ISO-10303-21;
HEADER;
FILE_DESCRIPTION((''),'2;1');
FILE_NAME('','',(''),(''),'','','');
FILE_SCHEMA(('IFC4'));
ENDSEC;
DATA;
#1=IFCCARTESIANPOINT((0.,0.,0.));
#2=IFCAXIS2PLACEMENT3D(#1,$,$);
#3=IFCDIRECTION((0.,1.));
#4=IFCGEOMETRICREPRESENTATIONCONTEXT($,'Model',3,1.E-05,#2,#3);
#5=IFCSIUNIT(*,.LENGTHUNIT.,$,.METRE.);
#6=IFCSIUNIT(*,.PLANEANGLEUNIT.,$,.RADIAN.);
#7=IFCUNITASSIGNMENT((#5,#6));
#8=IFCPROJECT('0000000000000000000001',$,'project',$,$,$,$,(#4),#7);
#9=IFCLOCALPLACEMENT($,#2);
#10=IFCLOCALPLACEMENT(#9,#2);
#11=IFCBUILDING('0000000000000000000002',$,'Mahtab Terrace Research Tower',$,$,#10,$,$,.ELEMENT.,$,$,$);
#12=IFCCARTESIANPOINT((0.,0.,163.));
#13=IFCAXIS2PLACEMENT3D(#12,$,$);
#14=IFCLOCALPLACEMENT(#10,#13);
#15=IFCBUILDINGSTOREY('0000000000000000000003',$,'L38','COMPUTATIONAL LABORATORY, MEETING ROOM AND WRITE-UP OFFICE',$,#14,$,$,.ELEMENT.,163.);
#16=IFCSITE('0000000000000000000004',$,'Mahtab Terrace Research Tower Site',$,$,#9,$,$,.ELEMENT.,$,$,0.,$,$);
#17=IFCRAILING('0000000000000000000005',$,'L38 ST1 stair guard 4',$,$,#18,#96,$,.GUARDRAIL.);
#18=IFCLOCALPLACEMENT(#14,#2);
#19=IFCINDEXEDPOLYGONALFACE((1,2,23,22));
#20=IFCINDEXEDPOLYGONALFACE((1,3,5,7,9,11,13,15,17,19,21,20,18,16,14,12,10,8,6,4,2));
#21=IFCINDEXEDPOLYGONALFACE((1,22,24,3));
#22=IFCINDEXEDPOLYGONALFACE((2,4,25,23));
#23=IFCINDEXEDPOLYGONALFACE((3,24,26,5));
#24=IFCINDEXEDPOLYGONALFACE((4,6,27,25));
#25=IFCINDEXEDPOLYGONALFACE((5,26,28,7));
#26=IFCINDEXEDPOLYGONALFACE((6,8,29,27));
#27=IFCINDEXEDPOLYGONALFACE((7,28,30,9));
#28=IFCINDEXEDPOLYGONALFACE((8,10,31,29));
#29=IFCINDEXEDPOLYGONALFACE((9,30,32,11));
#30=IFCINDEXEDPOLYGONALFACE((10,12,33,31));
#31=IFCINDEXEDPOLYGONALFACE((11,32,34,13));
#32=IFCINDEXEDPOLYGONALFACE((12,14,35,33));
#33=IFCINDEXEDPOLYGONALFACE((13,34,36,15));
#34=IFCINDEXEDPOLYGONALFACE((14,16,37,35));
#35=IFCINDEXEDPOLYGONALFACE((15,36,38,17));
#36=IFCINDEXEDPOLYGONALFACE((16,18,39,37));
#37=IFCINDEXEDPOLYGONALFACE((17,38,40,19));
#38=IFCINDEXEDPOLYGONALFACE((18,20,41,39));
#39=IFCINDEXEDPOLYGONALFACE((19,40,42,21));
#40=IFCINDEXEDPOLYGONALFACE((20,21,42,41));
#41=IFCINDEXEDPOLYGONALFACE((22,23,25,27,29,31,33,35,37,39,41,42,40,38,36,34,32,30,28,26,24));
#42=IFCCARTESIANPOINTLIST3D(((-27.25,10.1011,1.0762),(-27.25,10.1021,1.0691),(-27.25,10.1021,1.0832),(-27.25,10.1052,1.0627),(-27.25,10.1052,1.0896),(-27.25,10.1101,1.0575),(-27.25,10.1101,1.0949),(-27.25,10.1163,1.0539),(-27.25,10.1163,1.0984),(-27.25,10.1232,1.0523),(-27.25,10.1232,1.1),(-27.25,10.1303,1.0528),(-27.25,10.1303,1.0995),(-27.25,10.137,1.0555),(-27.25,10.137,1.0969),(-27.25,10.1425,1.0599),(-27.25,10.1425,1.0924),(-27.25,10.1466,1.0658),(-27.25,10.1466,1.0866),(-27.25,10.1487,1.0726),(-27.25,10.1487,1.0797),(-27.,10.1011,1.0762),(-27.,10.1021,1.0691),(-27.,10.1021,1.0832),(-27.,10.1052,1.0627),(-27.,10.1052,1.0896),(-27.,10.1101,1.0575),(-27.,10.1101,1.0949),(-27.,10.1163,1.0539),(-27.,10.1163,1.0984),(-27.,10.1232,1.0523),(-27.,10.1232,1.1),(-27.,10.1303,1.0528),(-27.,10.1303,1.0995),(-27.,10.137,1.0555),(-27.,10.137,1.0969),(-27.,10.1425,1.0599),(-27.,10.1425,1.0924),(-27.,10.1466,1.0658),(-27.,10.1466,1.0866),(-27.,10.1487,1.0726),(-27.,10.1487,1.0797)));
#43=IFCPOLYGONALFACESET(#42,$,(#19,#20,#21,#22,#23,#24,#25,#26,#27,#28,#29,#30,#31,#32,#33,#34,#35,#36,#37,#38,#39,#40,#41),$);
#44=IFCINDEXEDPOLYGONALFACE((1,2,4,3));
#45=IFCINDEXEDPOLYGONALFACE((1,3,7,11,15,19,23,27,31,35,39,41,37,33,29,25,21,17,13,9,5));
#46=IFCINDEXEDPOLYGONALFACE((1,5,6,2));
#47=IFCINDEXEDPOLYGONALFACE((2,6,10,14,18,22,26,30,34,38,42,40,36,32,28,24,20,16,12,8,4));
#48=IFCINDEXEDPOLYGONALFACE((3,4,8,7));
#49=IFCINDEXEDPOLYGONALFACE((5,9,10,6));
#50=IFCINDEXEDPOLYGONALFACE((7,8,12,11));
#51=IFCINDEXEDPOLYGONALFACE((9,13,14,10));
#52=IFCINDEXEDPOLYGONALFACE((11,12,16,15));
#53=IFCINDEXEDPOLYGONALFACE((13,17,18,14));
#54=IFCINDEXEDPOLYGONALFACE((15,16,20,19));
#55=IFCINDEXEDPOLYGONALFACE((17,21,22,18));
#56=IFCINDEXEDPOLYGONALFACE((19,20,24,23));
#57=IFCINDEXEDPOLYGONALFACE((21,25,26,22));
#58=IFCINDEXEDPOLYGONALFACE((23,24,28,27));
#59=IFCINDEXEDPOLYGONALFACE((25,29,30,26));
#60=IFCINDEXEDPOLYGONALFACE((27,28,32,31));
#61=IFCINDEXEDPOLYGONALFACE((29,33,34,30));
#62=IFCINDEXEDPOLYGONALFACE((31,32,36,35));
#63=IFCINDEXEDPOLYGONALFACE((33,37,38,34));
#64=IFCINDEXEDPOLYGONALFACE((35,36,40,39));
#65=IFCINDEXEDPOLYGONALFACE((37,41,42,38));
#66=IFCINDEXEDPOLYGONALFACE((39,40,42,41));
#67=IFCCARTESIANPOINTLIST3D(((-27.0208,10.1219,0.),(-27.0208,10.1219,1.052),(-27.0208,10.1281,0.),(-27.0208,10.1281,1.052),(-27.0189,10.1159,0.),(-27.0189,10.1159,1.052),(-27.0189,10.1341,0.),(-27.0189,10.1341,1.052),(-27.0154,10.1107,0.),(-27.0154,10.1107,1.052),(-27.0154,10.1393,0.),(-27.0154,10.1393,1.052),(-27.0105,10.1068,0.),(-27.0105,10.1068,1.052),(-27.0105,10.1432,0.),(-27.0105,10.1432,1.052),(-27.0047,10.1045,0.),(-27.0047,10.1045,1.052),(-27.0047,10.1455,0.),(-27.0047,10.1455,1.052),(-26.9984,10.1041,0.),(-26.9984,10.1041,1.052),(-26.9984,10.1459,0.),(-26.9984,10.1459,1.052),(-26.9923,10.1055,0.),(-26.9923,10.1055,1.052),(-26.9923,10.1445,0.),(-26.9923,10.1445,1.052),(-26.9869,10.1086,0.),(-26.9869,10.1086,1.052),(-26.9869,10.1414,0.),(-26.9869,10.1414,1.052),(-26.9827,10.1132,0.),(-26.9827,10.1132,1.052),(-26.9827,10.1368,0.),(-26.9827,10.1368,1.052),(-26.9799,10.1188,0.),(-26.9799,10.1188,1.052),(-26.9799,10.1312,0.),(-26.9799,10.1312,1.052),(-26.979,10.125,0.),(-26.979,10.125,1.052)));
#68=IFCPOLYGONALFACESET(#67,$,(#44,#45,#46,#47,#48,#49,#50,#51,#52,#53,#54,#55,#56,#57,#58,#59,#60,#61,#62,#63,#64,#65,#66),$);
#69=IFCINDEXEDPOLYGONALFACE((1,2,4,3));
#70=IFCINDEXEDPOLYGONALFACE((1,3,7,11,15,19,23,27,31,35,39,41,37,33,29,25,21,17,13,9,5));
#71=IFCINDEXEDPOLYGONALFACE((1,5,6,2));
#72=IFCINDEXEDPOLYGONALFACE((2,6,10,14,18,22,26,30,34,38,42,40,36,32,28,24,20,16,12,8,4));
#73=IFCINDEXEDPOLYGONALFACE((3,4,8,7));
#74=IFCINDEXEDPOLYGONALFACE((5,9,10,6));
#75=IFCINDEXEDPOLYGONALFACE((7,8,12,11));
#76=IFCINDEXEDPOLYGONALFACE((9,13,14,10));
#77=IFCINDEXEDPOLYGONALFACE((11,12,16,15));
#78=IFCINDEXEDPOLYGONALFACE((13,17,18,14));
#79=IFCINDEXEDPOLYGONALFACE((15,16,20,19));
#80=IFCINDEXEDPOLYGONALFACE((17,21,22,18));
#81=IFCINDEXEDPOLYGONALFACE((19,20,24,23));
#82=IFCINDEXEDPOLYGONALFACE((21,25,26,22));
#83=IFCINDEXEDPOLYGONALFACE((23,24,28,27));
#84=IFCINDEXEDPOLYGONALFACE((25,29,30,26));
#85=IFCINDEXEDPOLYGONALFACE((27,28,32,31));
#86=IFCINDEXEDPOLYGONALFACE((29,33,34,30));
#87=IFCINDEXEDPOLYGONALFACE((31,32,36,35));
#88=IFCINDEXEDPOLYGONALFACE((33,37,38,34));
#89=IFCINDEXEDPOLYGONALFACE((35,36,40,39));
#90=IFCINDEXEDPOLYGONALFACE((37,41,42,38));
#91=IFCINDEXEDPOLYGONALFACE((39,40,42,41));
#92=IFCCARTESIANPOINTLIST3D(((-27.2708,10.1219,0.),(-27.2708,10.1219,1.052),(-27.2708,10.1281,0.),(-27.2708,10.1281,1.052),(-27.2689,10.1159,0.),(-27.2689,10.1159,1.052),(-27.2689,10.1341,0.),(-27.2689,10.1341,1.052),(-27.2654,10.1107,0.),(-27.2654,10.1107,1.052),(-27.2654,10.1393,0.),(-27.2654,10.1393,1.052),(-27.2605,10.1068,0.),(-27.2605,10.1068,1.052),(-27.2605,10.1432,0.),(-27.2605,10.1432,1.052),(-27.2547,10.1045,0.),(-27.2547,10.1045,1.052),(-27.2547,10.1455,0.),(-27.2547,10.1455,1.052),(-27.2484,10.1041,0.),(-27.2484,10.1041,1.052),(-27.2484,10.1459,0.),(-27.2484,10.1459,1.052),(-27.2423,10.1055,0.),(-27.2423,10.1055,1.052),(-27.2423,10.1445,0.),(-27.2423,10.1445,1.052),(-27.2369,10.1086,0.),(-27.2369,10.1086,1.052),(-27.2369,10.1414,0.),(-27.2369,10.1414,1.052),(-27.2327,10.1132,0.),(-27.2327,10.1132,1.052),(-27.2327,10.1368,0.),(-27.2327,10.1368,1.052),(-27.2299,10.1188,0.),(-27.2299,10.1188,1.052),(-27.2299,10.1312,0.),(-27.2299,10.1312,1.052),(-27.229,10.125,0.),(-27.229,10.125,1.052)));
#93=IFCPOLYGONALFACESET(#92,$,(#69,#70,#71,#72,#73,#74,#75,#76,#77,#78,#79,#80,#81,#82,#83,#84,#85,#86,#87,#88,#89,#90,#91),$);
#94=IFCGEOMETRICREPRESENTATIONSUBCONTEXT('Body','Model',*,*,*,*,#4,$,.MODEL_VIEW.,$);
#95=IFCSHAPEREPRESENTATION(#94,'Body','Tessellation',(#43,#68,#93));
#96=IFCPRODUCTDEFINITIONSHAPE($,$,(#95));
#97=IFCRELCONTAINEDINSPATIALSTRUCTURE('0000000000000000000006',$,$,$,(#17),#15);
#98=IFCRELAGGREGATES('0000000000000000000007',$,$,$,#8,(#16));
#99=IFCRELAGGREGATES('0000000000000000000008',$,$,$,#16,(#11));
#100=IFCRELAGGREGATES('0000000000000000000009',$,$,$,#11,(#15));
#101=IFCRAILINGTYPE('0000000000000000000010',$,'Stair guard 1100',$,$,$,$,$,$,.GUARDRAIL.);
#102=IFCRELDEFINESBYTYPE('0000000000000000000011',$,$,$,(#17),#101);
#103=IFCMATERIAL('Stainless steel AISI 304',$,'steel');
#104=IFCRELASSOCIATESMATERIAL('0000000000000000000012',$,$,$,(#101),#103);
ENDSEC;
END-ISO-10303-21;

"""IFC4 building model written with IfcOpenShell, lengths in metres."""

from ifc_helpers import new_model, si_unit, direction, frame, origin, origin_2d, place, context, subcontext, project, spatial, circle, extrude, material, type_object, element, save


model = new_model("IFC4")

# Units and contexts
model_context = context("Model", 3, precision=1e-05, world=origin(), true_north=direction((0.0, 1.0)))
body_context = subcontext(model_context, "Body", "Model", "MODEL_VIEW")
ifc_project = project(units=[si_unit("LENGTHUNIT", "METRE"), si_unit("PLANEANGLEUNIT", "RADIAN")], contexts=[model_context])

# Site, building, storey
site_placement = place(None, origin())
site = spatial("IfcSite", under=ifc_project, at=site_placement, Name="Mahtab Terrace Research Tower Site", CompositionType="ELEMENT", RefElevation=0.0)
building_placement = place(site_placement, origin())
building = spatial("IfcBuilding", under=site, at=building_placement, Name="Mahtab Terrace Research Tower", CompositionType="ELEMENT")
storey_placement = place(building_placement, frame((0.0, 0.0, 163.0)))
storey = spatial("IfcBuildingStorey", under=building, at=storey_placement, Name="L38", Description="COMPUTATIONAL LABORATORY, MEETING ROOM AND WRITE-UP OFFICE", CompositionType="ELEMENT", Elevation=163.0)

# Railing
ifc_material_1 = material(Name="Stainless steel AISI 304", Category="steel")
railing_type_1 = type_object("IfcRailingType", Name="Stair guard 1100", PredefinedType="GUARDRAIL", material=ifc_material_1)
railing_1_placement = place(storey_placement, frame((-27.0, 10.125, 0.0)))
element("IfcRailing", 1, at=railing_1_placement, inside=storey, type_object=railing_type_1, Name="L38 ST1 stair guard 4", PredefinedType="GUARDRAIL", context=body_context, shape_type="SweptSolid", body=[
    extrude(circle(Radius=0.0239, at=origin_2d()), frame((0.0, 0.0, 1.0762), z_axis=(-1.0, 0.0, 0.0), x_axis=(0.0, -1.0, 0.0)), (0.0, 0.0, 1.0), 0.25),
    extrude(circle(Radius=0.021, at=origin_2d()), origin(), (0.0, 0.0, 1.0), 1.052),
    extrude(circle(Radius=0.021, at=origin_2d()), frame((-0.25, 0.0, 0.0)), (0.0, 0.0, 1.0), 1.052),
])

save(model, "model.ifc")
